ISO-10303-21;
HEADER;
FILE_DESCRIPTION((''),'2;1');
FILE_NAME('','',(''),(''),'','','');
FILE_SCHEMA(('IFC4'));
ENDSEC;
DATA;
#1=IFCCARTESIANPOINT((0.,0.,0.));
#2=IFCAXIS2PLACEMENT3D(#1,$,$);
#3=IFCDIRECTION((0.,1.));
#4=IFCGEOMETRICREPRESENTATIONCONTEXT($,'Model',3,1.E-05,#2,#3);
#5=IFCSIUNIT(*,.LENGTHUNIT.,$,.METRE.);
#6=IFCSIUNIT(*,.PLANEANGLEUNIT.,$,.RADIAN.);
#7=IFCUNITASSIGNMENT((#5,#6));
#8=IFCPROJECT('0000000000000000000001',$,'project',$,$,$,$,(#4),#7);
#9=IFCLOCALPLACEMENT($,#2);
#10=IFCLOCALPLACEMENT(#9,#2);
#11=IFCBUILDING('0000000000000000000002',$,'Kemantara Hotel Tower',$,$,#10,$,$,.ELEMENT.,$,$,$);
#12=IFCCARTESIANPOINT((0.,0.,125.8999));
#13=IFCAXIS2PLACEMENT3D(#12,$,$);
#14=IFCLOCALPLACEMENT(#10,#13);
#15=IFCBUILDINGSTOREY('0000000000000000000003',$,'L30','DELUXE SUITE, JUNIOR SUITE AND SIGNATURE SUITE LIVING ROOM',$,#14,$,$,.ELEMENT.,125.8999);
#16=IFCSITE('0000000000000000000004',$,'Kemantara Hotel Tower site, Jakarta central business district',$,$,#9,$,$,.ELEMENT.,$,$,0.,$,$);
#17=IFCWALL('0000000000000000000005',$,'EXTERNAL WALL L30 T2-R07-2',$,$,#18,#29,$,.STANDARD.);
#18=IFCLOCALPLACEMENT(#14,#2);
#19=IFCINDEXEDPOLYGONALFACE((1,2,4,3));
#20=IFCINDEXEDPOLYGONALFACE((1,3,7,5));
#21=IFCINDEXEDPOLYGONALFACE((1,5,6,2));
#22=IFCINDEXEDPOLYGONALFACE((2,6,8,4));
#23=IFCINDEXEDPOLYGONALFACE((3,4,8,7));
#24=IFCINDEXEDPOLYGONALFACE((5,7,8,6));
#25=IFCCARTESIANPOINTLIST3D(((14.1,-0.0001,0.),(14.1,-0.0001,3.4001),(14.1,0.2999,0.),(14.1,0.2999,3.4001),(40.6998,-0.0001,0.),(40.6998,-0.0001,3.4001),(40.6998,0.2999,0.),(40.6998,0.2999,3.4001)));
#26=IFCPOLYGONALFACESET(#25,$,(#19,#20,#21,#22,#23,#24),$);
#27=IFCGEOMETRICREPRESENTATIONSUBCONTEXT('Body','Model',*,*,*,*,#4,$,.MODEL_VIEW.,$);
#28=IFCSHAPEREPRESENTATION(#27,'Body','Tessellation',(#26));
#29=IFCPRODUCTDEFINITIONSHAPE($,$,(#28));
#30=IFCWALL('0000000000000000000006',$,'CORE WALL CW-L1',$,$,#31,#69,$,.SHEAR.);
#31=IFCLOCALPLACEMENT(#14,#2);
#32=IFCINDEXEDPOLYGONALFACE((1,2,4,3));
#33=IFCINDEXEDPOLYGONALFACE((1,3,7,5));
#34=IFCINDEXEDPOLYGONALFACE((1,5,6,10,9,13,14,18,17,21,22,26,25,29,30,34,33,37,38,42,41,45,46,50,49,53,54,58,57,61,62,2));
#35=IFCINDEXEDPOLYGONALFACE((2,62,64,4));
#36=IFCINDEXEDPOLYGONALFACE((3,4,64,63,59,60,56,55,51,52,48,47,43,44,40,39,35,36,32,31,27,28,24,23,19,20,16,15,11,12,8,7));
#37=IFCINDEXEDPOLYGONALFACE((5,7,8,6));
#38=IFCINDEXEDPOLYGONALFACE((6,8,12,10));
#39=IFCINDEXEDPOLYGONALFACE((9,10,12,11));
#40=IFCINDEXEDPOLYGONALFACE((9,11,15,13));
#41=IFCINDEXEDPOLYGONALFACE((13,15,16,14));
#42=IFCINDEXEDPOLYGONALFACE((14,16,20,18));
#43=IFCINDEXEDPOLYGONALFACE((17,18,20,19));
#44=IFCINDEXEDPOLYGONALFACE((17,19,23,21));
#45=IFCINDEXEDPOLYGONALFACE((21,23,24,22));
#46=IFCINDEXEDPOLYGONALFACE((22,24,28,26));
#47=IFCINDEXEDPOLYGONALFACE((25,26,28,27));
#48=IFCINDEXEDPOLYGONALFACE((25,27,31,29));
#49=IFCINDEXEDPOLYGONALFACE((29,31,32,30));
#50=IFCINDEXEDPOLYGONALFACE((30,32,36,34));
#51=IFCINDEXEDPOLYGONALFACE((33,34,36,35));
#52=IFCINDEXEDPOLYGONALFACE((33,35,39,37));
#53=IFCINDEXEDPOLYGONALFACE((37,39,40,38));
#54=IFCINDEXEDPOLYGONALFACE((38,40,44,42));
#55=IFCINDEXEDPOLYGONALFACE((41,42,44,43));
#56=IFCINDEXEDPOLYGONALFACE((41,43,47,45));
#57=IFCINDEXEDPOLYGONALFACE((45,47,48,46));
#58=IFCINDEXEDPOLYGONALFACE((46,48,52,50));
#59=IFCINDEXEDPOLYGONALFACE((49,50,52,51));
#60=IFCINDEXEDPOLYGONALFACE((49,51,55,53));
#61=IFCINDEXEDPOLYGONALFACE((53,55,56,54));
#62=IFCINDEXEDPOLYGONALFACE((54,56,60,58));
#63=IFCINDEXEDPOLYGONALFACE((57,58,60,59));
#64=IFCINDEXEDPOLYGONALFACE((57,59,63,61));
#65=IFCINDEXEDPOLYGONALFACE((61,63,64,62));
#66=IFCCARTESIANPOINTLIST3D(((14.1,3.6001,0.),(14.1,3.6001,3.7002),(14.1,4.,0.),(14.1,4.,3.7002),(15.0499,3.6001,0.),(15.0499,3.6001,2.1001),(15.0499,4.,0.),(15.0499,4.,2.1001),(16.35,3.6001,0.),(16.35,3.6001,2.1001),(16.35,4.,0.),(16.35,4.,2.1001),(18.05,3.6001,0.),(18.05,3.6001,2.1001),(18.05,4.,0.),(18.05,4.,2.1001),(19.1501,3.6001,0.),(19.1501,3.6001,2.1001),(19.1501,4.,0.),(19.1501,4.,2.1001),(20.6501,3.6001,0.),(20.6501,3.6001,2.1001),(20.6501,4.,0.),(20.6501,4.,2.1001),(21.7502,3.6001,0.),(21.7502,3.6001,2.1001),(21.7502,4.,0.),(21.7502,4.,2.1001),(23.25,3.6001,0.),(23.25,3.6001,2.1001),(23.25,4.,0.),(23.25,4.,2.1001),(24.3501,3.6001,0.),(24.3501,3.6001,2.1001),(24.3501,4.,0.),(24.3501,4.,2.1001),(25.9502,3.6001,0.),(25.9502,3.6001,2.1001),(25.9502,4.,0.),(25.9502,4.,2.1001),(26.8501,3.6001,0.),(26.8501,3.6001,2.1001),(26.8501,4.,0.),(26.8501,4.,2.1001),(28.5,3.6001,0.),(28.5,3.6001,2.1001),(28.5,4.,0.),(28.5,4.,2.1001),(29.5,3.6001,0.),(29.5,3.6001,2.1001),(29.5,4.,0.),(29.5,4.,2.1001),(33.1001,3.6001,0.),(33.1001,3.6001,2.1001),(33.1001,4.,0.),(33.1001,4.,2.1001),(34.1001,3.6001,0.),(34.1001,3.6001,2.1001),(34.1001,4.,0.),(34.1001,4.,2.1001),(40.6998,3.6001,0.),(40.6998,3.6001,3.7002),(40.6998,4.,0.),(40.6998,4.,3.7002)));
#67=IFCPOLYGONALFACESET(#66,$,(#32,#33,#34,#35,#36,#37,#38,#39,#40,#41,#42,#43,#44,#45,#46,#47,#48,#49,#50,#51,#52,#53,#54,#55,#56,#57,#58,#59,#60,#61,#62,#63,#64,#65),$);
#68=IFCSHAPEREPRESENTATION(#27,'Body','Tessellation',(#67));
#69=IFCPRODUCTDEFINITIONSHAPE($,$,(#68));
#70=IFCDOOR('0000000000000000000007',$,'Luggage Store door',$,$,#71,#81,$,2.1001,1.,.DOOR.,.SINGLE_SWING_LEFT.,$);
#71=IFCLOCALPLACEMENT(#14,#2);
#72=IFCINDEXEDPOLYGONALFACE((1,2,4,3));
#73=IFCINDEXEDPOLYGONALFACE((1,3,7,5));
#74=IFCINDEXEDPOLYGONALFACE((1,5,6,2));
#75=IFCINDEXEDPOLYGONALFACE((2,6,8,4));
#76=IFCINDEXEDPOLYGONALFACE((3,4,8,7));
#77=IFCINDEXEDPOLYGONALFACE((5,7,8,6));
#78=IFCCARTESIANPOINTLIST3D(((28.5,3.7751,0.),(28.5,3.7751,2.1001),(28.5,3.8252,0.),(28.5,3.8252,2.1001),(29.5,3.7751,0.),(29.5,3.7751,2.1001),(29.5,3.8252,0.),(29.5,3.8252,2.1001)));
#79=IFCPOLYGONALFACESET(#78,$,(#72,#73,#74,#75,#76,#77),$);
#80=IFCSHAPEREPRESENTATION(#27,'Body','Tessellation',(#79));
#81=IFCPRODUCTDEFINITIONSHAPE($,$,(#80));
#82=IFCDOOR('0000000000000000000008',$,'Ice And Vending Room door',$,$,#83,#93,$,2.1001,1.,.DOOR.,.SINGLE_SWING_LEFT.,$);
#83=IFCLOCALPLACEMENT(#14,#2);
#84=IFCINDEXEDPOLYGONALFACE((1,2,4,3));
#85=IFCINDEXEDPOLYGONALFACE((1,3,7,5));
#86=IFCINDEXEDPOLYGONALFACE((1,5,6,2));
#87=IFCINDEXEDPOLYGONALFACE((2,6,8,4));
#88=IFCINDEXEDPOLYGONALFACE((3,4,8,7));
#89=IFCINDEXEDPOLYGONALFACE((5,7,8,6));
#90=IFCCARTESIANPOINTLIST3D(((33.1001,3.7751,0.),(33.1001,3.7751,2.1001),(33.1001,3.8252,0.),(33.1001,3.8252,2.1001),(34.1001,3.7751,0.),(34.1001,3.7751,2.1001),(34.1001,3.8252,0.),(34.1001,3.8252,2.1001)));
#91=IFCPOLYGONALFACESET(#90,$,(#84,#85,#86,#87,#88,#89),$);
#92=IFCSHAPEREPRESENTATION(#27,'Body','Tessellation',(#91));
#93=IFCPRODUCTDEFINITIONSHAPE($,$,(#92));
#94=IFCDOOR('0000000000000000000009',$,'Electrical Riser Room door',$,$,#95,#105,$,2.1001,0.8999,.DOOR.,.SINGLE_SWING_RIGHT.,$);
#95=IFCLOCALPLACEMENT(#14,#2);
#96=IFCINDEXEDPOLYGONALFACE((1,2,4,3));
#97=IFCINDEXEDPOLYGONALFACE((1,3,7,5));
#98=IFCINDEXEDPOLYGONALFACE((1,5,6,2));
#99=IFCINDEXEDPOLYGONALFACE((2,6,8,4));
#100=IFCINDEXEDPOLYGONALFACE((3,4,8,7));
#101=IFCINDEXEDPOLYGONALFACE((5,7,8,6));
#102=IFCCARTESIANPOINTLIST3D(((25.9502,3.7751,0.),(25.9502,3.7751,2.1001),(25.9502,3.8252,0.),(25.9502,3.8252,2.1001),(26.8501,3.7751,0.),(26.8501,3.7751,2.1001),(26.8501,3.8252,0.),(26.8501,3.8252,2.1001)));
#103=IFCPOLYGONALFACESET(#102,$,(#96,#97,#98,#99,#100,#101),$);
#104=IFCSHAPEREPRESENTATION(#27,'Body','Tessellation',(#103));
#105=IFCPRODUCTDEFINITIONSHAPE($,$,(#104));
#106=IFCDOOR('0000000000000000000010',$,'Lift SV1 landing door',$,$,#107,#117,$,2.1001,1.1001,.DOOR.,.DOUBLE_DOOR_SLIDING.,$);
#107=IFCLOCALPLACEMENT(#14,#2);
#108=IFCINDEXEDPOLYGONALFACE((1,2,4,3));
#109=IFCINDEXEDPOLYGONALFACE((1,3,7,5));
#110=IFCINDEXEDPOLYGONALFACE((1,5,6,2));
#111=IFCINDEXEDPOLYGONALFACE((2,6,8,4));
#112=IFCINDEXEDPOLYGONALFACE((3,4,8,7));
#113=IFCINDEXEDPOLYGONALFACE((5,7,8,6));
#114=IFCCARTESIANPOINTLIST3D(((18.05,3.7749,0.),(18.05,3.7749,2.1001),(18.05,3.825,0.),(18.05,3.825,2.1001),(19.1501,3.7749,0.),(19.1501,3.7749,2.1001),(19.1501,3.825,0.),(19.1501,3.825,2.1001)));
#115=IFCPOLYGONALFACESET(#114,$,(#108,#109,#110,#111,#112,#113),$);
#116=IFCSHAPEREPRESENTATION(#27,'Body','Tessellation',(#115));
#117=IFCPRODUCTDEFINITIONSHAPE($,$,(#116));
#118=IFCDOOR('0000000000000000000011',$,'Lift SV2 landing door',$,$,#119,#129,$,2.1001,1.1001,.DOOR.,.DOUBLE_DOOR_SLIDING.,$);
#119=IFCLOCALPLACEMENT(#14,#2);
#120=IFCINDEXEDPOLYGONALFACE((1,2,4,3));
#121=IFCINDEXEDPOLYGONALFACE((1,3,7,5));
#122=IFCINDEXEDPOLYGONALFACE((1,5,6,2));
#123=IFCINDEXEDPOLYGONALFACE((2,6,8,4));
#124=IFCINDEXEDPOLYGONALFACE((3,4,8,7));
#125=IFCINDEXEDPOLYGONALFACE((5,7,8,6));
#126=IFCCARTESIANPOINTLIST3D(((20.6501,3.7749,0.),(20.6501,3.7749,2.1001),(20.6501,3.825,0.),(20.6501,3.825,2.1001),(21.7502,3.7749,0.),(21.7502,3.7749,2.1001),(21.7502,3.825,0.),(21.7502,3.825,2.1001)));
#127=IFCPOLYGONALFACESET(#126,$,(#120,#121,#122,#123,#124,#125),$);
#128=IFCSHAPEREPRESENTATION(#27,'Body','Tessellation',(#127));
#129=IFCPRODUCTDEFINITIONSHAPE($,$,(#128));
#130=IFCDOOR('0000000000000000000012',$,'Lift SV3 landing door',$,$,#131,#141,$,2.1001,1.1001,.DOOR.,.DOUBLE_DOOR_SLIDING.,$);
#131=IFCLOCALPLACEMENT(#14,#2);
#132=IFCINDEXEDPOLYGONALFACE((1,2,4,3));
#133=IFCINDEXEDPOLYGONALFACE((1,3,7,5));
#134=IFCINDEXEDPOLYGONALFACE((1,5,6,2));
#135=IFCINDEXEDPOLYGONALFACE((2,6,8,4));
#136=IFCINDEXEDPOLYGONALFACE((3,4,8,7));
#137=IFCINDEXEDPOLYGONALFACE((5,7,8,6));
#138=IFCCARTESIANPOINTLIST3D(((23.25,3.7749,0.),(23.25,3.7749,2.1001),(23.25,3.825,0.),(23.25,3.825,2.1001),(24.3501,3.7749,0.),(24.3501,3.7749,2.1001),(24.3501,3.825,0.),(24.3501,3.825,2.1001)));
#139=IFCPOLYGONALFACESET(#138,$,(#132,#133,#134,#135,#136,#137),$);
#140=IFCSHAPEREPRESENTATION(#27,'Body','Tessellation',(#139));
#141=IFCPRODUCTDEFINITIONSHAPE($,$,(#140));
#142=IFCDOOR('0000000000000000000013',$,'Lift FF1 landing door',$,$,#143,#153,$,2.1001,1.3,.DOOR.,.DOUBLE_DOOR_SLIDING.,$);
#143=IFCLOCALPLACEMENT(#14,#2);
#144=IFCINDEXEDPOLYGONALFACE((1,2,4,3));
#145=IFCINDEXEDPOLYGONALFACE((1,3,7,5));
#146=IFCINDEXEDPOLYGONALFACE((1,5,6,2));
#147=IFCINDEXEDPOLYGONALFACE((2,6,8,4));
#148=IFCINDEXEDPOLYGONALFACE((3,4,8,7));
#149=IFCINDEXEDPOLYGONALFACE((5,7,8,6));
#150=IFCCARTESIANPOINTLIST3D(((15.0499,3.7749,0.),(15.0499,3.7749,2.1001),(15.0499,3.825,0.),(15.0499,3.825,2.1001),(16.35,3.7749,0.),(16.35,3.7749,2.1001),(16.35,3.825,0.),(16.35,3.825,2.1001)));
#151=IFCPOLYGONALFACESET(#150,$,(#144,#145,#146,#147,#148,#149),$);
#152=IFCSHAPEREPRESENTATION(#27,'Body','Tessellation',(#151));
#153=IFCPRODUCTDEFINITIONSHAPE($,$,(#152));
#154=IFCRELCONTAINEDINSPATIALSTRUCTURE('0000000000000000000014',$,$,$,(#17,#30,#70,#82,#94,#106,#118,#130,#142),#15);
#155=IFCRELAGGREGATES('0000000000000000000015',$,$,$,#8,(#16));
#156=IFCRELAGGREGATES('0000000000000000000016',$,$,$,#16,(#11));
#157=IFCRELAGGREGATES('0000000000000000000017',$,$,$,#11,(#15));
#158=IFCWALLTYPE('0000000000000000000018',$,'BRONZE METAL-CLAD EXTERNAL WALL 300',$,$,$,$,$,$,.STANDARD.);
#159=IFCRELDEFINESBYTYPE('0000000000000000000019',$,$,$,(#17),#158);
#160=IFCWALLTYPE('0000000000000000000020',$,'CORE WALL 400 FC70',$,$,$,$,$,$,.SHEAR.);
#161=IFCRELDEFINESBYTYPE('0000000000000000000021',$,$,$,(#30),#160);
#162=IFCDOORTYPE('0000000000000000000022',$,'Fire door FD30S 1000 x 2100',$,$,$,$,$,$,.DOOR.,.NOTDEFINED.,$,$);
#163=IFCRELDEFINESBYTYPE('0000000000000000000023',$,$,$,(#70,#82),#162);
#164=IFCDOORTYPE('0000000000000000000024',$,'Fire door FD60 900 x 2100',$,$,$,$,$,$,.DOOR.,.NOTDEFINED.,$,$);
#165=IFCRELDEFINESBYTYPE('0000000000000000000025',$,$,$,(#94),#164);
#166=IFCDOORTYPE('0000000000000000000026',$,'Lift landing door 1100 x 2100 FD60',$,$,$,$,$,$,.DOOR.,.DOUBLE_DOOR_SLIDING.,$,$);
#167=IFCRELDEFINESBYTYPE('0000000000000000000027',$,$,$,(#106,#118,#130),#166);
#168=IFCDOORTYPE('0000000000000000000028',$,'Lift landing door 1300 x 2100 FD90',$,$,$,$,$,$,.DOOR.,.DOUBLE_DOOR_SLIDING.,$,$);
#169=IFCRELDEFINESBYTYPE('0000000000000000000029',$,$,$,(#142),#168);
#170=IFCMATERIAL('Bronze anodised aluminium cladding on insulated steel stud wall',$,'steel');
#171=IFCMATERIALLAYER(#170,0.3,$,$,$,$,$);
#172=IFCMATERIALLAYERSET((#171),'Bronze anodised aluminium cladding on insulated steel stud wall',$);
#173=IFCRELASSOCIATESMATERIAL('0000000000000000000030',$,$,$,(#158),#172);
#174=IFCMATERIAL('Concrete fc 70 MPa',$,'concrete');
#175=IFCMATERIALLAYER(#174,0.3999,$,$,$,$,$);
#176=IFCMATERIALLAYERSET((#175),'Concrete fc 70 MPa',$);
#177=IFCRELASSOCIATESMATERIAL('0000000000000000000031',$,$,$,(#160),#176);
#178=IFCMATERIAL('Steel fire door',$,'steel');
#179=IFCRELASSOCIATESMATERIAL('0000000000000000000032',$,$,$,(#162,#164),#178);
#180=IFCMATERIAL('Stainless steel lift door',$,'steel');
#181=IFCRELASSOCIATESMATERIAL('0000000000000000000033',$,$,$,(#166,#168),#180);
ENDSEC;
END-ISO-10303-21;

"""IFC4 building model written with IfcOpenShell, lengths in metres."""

from ifc_helpers import new_model, si_unit, direction, frame, frame_2d, origin, place, context, subcontext, project, spatial, rectangle, extrude, material, layer, layer_set, type_object, element, fill, save


model = new_model("IFC4")

# Units and contexts
model_context = context("Model", 3, precision=1e-05, world=origin(), true_north=direction((0.0, 1.0)))
body_context = subcontext(model_context, "Body", "Model", "MODEL_VIEW")
ifc_project = project(units=[si_unit("LENGTHUNIT", "METRE"), si_unit("PLANEANGLEUNIT", "RADIAN")], contexts=[model_context])

# Site, building, storey
site_placement = place(None, origin())
site = spatial("IfcSite", under=ifc_project, at=site_placement, Name="Kemantara Hotel Tower site, Jakarta central business district", CompositionType="ELEMENT", RefElevation=0.0)
building_placement = place(site_placement, origin())
building = spatial("IfcBuilding", under=site, at=building_placement, Name="Kemantara Hotel Tower", CompositionType="ELEMENT")
storey_placement = place(building_placement, frame((0.0, 0.0, 125.8999)))
storey = spatial("IfcBuildingStorey", under=building, at=storey_placement, Name="L30", Description="DELUXE SUITE, JUNIOR SUITE AND SIGNATURE SUITE LIVING ROOM", CompositionType="ELEMENT", Elevation=125.8999)

# Wall
ifc_material_1 = material(Name="Bronze anodised aluminium cladding on insulated steel stud wall", Category="steel")
ifc_layer_1 = layer(ifc_material_1, 0.3)
ifc_layer_set_1 = layer_set([ifc_layer_1], Name="Bronze anodised aluminium cladding on insulated steel stud wall")
wall_type_1 = type_object("IfcWallType", Name="BRONZE METAL-CLAD EXTERNAL WALL 300", PredefinedType="STANDARD", material=ifc_layer_set_1)
wall_1_placement = place(storey_placement, frame((14.1001, 0.1499, 0.0), z_axis=(0.0, 0.0, 1.0), x_axis=(1.0, 0.0, 0.0)))
element("IfcWall", 1, at=wall_1_placement, inside=storey, type_object=wall_type_1, Name="EXTERNAL WALL L30 T2-R07-2", PredefinedType="STANDARD", context=body_context, shape_type="SweptSolid", body=[
    extrude(rectangle(XDim=26.5999, YDim=0.3, at=frame_2d((13.2998, 0.0))), origin(), (0.0, 0.0, 1.0), 3.4001),
])

# Wall, openings, doors
ifc_material_2 = material(Name="Concrete fc 70 MPa", Category="concrete")
ifc_layer_2 = layer(ifc_material_2, 0.3999)
ifc_layer_set_2 = layer_set([ifc_layer_2], Name="Concrete fc 70 MPa")
wall_type_2 = type_object("IfcWallType", Name="CORE WALL 400 FC70", PredefinedType="SHEAR", material=ifc_layer_set_2)
wall_2_placement = place(storey_placement, frame((14.1001, 3.8, 0.0), z_axis=(0.0, 0.0, 1.0), x_axis=(1.0, 0.0, 0.0)))
wall_2 = element("IfcWall", 2, at=wall_2_placement, inside=storey, type_object=wall_type_2, Name="CORE WALL CW-L1", PredefinedType="SHEAR", context=body_context, shape_type="SweptSolid", body=[
    extrude(rectangle(XDim=26.5999, YDim=0.3999, at=frame_2d((13.2998, 0.0))), origin(), (0.0, 0.0, 1.0), 3.7002),
])
opening_1_placement = place(wall_2_placement, frame((0.95, 0.0, 0.0)))
opening_1 = element("IfcOpeningElement", 3, at=opening_1_placement, cuts=wall_2, PredefinedType="OPENING", context=body_context, shape_type="SweptSolid", body=[
    extrude(rectangle(XDim=1.3, YDim=2.1001, at=frame_2d((0.6499, 1.05))), frame((0.0, 0.21, 0.0), z_axis=(0.0, -1.0, 0.0), x_axis=(1.0, 0.0, 0.0)), (0.0, 0.0, 1.0), 0.4199),
])
opening_2_placement = place(wall_2_placement, frame((3.95, 0.0, 0.0)))
opening_2 = element("IfcOpeningElement", 4, at=opening_2_placement, cuts=wall_2, PredefinedType="OPENING", context=body_context, shape_type="SweptSolid", body=[
    extrude(rectangle(XDim=1.1001, YDim=2.1001, at=frame_2d((0.55, 1.05))), frame((0.0, 0.21, 0.0), z_axis=(0.0, -1.0, 0.0), x_axis=(1.0, 0.0, 0.0)), (0.0, 0.0, 1.0), 0.4199),
])
opening_3_placement = place(wall_2_placement, frame((6.55, 0.0, 0.0)))
opening_3 = element("IfcOpeningElement", 5, at=opening_3_placement, cuts=wall_2, PredefinedType="OPENING", context=body_context, shape_type="SweptSolid", body=[
    extrude(rectangle(XDim=1.1001, YDim=2.1001, at=frame_2d((0.55, 1.05))), frame((0.0, 0.21, 0.0), z_axis=(0.0, -1.0, 0.0), x_axis=(1.0, 0.0, 0.0)), (0.0, 0.0, 1.0), 0.4199),
])
opening_4_placement = place(wall_2_placement, frame((9.1499, 0.0, 0.0)))
opening_4 = element("IfcOpeningElement", 6, at=opening_4_placement, cuts=wall_2, PredefinedType="OPENING", context=body_context, shape_type="SweptSolid", body=[
    extrude(rectangle(XDim=1.1001, YDim=2.1001, at=frame_2d((0.55, 1.05))), frame((0.0, 0.21, 0.0), z_axis=(0.0, -1.0, 0.0), x_axis=(1.0, 0.0, 0.0)), (0.0, 0.0, 1.0), 0.4199),
])
opening_5_placement = place(wall_2_placement, frame((11.8501, 0.0, 0.0)))
opening_5 = element("IfcOpeningElement", 7, at=opening_5_placement, cuts=wall_2, PredefinedType="OPENING", context=body_context, shape_type="SweptSolid", body=[
    extrude(rectangle(XDim=0.8999, YDim=2.1001, at=frame_2d((0.45, 1.05))), frame((0.0, 0.21, 0.0), z_axis=(0.0, -1.0, 0.0), x_axis=(1.0, 0.0, 0.0)), (0.0, 0.0, 1.0), 0.4199),
])
opening_6_placement = place(wall_2_placement, frame((14.3999, 0.0, 0.0)))
opening_6 = element("IfcOpeningElement", 8, at=opening_6_placement, cuts=wall_2, PredefinedType="OPENING", context=body_context, shape_type="SweptSolid", body=[
    extrude(rectangle(XDim=1.0, YDim=2.1001, at=frame_2d((0.5, 1.05))), frame((0.0, 0.21, 0.0), z_axis=(0.0, -1.0, 0.0), x_axis=(1.0, 0.0, 0.0)), (0.0, 0.0, 1.0), 0.4199),
])
opening_7_placement = place(wall_2_placement, frame((19.0, 0.0, 0.0)))
opening_7 = element("IfcOpeningElement", 9, at=opening_7_placement, cuts=wall_2, PredefinedType="OPENING", context=body_context, shape_type="SweptSolid", body=[
    extrude(rectangle(XDim=1.0, YDim=2.1001, at=frame_2d((0.5, 1.05))), frame((0.0, 0.21, 0.0), z_axis=(0.0, -1.0, 0.0), x_axis=(1.0, 0.0, 0.0)), (0.0, 0.0, 1.0), 0.4199),
])
ifc_material_3 = material(Name="Steel fire door", Category="steel")
door_type_1 = type_object("IfcDoorType", Name="Fire door FD30S 1000 x 2100", OperationType="NOTDEFINED", PredefinedType="DOOR", material=ifc_material_3)
door_1_placement = place(opening_6_placement, frame((1.0, 0.0, 0.0), z_axis=(0.0, 0.0, 1.0), x_axis=(-1.0, 0.0, 0.0)))
door_1 = element("IfcDoor", 10, at=door_1_placement, inside=storey, type_object=door_type_1, Name="Luggage Store door", OperationType="SINGLE_SWING_LEFT", OverallHeight=2.1001, OverallWidth=1.0, PredefinedType="DOOR", context=body_context, shape_type="SweptSolid", body=[
    extrude(rectangle(XDim=1.0, YDim=2.1001, at=frame_2d((0.5, 1.05))), frame((0.0, 0.0249, 0.0), z_axis=(0.0, -1.0, 0.0), x_axis=(1.0, 0.0, 0.0)), (0.0, 0.0, 1.0), 0.05),
])
fill(opening_6, door_1)
door_2_placement = place(opening_7_placement, frame((1.0, 0.0, 0.0), z_axis=(0.0, 0.0, 1.0), x_axis=(-1.0, 0.0, 0.0)))
door_2 = element("IfcDoor", 11, at=door_2_placement, inside=storey, type_object=door_type_1, Name="Ice And Vending Room door", OperationType="SINGLE_SWING_LEFT", OverallHeight=2.1001, OverallWidth=1.0, PredefinedType="DOOR", context=body_context, shape_type="SweptSolid", body=[
    extrude(rectangle(XDim=1.0, YDim=2.1001, at=frame_2d((0.5, 1.05))), frame((0.0, 0.0249, 0.0), z_axis=(0.0, -1.0, 0.0), x_axis=(1.0, 0.0, 0.0)), (0.0, 0.0, 1.0), 0.05),
])
fill(opening_7, door_2)
door_type_2 = type_object("IfcDoorType", Name="Fire door FD60 900 x 2100", OperationType="NOTDEFINED", PredefinedType="DOOR", material=ifc_material_3)
door_3_placement = place(opening_5_placement, frame((0.8999, 0.0, 0.0), z_axis=(0.0, 0.0, 1.0), x_axis=(-1.0, 0.0, 0.0)))
door_3 = element("IfcDoor", 12, at=door_3_placement, inside=storey, type_object=door_type_2, Name="Electrical Riser Room door", OperationType="SINGLE_SWING_RIGHT", OverallHeight=2.1001, OverallWidth=0.8999, PredefinedType="DOOR", context=body_context, shape_type="SweptSolid", body=[
    extrude(rectangle(XDim=0.8999, YDim=2.1001, at=frame_2d((0.45, 1.05))), frame((0.0, 0.0249, 0.0), z_axis=(0.0, -1.0, 0.0), x_axis=(1.0, 0.0, 0.0)), (0.0, 0.0, 1.0), 0.05),
])
fill(opening_5, door_3)
ifc_material_4 = material(Name="Stainless steel lift door", Category="steel")
door_type_3 = type_object("IfcDoorType", Name="Lift landing door 1100 x 2100 FD60", OperationType="DOUBLE_DOOR_SLIDING", PredefinedType="DOOR", material=ifc_material_4)
door_4_placement = place(opening_2_placement, origin())
door_4 = element("IfcDoor", 13, at=door_4_placement, inside=storey, type_object=door_type_3, Name="Lift SV1 landing door", OperationType="DOUBLE_DOOR_SLIDING", OverallHeight=2.1001, OverallWidth=1.1001, PredefinedType="DOOR", context=body_context, shape_type="SweptSolid", body=[
    extrude(rectangle(XDim=1.1001, YDim=2.1001, at=frame_2d((0.55, 1.05))), frame((0.0, 0.0249, 0.0), z_axis=(0.0, -1.0, 0.0), x_axis=(1.0, 0.0, 0.0)), (0.0, 0.0, 1.0), 0.05),
])
fill(opening_2, door_4)
door_5_placement = place(opening_3_placement, origin())
door_5 = element("IfcDoor", 14, at=door_5_placement, inside=storey, type_object=door_type_3, Name="Lift SV2 landing door", OperationType="DOUBLE_DOOR_SLIDING", OverallHeight=2.1001, OverallWidth=1.1001, PredefinedType="DOOR", context=body_context, shape_type="SweptSolid", body=[
    extrude(rectangle(XDim=1.1001, YDim=2.1001, at=frame_2d((0.55, 1.05))), frame((0.0, 0.0249, 0.0), z_axis=(0.0, -1.0, 0.0), x_axis=(1.0, 0.0, 0.0)), (0.0, 0.0, 1.0), 0.05),
])
fill(opening_3, door_5)
door_6_placement = place(opening_4_placement, origin())
door_6 = element("IfcDoor", 15, at=door_6_placement, inside=storey, type_object=door_type_3, Name="Lift SV3 landing door", OperationType="DOUBLE_DOOR_SLIDING", OverallHeight=2.1001, OverallWidth=1.1001, PredefinedType="DOOR", context=body_context, shape_type="SweptSolid", body=[
    extrude(rectangle(XDim=1.1001, YDim=2.1001, at=frame_2d((0.55, 1.05))), frame((0.0, 0.0249, 0.0), z_axis=(0.0, -1.0, 0.0), x_axis=(1.0, 0.0, 0.0)), (0.0, 0.0, 1.0), 0.05),
])
fill(opening_4, door_6)
door_type_4 = type_object("IfcDoorType", Name="Lift landing door 1300 x 2100 FD90", OperationType="DOUBLE_DOOR_SLIDING", PredefinedType="DOOR", material=ifc_material_4)
door_7_placement = place(opening_1_placement, origin())
door_7 = element("IfcDoor", 16, at=door_7_placement, inside=storey, type_object=door_type_4, Name="Lift FF1 landing door", OperationType="DOUBLE_DOOR_SLIDING", OverallHeight=2.1001, OverallWidth=1.3, PredefinedType="DOOR", context=body_context, shape_type="SweptSolid", body=[
    extrude(rectangle(XDim=1.3, YDim=2.1001, at=frame_2d((0.6499, 1.05))), frame((0.0, 0.0249, 0.0), z_axis=(0.0, -1.0, 0.0), x_axis=(1.0, 0.0, 0.0)), (0.0, 0.0, 1.0), 0.05),
])
fill(opening_1, door_7)

save(model, "model.ifc")
